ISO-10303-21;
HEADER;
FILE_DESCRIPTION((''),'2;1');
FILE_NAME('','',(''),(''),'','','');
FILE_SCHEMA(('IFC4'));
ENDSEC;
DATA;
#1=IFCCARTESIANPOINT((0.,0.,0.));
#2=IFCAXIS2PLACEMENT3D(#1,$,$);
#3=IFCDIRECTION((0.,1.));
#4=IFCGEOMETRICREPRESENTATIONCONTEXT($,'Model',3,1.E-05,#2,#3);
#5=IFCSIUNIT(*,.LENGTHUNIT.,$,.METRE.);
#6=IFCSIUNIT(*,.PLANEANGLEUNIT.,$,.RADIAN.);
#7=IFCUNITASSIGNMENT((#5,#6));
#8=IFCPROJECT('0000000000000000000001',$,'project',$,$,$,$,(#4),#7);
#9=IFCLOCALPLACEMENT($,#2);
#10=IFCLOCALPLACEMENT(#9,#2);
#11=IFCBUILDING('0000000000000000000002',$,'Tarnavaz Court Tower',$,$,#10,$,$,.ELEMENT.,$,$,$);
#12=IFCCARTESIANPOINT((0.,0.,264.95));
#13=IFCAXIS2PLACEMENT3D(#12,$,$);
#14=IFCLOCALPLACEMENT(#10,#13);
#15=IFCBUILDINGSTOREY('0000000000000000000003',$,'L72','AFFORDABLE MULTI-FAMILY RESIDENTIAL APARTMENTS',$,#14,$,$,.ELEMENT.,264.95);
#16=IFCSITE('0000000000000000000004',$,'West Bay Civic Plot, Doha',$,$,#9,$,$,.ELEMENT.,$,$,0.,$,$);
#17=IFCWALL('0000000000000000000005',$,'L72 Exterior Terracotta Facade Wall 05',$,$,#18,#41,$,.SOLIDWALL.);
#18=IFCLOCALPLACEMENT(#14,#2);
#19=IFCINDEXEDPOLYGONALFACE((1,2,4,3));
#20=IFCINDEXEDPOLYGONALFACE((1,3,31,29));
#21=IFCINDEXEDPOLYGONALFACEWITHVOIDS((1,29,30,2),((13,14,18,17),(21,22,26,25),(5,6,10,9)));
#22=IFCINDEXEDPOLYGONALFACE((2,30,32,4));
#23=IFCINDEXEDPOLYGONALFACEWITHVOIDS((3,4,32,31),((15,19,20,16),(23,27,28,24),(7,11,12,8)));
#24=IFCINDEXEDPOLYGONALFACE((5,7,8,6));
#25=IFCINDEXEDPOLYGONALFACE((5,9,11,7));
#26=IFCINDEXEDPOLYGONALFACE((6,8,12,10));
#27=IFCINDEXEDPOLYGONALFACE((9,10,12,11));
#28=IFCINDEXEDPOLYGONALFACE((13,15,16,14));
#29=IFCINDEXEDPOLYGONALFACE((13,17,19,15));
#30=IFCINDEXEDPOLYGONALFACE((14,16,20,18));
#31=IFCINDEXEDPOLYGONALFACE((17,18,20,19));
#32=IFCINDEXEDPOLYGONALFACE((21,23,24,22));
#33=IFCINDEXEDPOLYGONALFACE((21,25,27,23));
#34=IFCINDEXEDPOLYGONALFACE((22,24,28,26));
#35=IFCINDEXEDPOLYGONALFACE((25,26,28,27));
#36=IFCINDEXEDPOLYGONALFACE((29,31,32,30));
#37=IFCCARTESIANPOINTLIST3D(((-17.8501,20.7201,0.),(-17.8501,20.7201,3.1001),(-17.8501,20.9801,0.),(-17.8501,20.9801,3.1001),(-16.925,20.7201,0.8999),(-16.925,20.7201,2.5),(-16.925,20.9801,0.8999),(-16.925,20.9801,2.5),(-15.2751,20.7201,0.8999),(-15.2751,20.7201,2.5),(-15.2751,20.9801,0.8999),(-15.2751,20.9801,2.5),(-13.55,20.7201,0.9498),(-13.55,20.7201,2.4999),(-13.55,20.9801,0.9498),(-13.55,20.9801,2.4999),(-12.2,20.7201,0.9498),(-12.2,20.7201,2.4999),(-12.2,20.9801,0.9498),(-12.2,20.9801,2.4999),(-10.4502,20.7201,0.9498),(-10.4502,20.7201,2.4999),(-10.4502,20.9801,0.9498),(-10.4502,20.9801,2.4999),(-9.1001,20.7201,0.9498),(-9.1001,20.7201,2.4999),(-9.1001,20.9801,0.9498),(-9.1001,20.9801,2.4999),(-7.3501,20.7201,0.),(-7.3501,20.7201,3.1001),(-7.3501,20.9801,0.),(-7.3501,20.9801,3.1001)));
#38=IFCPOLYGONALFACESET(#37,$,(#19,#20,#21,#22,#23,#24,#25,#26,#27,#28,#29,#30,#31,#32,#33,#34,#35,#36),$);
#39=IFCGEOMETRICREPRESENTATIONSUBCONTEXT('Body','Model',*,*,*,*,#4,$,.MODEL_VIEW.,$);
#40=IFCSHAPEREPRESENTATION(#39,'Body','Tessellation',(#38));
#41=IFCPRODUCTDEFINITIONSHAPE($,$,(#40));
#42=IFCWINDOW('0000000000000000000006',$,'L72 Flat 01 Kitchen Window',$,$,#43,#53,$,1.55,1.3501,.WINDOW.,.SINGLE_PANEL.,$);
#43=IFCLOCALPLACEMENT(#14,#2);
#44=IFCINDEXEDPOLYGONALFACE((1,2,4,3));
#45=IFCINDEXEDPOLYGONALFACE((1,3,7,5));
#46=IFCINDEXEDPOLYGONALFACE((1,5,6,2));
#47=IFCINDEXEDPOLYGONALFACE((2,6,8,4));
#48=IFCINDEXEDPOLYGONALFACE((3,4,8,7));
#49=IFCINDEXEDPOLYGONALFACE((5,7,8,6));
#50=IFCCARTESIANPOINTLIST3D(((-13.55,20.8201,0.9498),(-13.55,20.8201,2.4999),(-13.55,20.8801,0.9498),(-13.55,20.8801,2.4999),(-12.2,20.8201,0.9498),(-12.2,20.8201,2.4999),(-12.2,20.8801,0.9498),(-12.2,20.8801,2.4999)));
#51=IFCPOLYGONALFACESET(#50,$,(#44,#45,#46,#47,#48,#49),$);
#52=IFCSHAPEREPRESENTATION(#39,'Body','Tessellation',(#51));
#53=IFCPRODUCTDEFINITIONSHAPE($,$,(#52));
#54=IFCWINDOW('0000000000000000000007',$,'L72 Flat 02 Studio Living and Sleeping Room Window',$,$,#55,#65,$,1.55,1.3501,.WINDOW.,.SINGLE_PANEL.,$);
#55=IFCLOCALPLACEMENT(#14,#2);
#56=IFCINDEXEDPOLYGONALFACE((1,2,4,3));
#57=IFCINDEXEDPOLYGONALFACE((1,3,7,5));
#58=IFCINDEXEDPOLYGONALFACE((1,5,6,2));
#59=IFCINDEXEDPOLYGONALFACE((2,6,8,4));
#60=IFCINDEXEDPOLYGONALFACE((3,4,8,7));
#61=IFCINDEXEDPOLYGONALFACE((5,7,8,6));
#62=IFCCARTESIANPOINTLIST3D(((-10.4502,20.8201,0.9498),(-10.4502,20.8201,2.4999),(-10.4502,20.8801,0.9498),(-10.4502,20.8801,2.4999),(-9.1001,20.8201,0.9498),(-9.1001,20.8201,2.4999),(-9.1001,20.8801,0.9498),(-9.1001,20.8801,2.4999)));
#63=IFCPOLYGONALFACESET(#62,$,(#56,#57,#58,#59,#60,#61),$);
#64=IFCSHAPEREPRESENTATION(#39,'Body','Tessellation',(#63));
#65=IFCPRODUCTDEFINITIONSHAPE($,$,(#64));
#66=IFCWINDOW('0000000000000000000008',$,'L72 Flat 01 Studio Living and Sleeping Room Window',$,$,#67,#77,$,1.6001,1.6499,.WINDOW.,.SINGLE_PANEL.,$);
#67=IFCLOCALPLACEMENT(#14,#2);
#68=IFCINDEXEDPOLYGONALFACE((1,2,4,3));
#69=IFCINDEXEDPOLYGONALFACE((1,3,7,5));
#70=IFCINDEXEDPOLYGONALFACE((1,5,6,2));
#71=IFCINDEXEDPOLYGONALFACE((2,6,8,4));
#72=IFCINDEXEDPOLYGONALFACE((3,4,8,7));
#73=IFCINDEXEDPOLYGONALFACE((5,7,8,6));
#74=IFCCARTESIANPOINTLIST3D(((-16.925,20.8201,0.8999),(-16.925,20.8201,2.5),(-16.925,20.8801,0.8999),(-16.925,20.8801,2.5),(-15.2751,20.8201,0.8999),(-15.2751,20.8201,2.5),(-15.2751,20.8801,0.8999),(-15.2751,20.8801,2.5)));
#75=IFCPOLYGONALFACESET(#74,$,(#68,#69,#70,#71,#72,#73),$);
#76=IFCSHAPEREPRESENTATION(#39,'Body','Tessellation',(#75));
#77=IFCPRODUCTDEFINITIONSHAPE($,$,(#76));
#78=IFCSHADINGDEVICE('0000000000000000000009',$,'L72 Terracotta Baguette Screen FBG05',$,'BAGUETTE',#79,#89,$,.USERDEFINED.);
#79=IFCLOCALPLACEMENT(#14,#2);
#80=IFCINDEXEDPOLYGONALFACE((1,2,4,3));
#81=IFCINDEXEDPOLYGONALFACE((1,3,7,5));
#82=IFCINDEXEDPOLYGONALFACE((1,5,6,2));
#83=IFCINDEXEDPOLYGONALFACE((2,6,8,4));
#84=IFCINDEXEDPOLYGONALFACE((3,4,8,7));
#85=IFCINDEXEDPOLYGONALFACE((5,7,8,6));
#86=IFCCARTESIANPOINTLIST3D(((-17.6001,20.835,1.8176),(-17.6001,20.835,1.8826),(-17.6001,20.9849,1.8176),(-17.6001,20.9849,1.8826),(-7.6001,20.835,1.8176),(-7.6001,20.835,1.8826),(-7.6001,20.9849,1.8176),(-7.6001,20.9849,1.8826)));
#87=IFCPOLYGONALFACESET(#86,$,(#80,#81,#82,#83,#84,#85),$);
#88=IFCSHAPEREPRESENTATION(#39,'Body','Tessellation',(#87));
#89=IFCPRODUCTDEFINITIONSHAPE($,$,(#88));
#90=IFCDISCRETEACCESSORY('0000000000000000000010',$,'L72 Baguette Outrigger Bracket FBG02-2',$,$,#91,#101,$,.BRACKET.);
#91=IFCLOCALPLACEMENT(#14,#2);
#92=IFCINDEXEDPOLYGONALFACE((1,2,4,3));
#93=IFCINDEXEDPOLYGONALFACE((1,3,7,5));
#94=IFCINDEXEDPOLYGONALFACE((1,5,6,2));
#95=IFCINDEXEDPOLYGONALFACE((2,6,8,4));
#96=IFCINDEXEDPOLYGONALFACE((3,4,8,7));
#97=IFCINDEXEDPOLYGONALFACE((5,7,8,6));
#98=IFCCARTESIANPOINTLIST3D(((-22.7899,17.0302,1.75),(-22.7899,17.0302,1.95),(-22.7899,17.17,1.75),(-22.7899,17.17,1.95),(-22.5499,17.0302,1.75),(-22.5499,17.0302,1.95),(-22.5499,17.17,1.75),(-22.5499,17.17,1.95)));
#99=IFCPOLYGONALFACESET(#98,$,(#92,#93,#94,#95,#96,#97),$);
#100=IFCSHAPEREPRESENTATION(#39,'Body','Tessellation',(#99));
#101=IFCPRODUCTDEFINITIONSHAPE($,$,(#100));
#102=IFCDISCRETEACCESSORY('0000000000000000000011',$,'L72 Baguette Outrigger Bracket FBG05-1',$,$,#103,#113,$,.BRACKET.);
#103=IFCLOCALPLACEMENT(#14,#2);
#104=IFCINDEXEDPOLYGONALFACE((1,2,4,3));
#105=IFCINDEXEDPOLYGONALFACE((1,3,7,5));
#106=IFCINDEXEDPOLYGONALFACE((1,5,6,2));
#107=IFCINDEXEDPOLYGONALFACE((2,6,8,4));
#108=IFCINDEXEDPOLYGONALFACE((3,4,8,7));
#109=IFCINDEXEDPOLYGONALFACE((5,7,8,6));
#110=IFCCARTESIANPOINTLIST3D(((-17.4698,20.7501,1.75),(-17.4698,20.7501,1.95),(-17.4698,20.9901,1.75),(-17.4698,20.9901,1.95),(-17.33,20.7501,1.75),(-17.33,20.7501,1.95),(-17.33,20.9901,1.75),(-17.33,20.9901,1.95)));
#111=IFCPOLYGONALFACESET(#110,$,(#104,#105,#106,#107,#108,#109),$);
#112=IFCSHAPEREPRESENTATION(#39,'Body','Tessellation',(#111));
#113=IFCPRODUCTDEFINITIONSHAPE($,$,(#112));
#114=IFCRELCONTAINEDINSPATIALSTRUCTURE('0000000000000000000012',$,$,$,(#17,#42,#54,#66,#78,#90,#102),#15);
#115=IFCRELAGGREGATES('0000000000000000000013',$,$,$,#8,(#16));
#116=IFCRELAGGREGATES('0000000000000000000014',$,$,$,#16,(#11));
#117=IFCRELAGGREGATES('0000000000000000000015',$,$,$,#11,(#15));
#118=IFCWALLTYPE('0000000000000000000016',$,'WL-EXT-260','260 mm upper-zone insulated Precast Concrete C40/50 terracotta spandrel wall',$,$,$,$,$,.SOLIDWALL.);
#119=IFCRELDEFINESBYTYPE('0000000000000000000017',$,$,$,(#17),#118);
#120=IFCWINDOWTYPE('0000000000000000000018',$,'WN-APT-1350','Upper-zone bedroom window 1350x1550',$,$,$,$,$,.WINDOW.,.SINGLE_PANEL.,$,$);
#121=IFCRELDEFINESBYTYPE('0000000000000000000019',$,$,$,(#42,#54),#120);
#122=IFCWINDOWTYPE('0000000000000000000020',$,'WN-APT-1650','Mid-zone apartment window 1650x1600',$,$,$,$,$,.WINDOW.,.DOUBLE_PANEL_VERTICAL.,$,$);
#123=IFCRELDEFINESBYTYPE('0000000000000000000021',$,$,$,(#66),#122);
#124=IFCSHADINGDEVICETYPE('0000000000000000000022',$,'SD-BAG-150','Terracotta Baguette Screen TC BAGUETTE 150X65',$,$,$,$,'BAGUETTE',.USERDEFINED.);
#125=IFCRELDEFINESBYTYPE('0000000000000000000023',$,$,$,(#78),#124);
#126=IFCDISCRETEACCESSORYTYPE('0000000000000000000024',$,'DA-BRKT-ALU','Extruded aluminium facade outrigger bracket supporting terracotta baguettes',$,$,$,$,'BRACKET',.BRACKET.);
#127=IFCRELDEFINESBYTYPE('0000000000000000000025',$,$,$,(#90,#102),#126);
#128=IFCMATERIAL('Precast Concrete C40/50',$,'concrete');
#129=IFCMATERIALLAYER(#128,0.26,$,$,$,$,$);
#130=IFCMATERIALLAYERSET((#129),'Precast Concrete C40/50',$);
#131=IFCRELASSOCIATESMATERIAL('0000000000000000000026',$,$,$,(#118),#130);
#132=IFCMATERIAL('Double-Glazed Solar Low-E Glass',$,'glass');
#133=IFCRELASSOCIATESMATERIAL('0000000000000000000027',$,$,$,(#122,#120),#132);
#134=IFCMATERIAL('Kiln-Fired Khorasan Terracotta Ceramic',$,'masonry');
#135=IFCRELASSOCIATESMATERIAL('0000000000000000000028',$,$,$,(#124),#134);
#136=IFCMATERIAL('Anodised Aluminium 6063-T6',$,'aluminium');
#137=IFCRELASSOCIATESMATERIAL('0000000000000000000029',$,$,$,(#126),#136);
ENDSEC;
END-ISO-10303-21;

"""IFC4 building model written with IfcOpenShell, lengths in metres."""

from ifc_helpers import new_model, si_unit, direction, frame, frame_2d, origin, origin_2d, place, context, subcontext, project, spatial, rectangle, extrude, material, layer, layer_set, material_profile, profile_set, type_object, element, fill, save


model = new_model("IFC4")

# Units and contexts
model_context = context("Model", 3, precision=1e-05, world=origin(), true_north=direction((0.0, 1.0)))
body_context = subcontext(model_context, "Body", "Model", "MODEL_VIEW")
ifc_project = project(units=[si_unit("LENGTHUNIT", "METRE"), si_unit("PLANEANGLEUNIT", "RADIAN")], contexts=[model_context])

# Site, building, storey
site_placement = place(None, origin())
site = spatial("IfcSite", under=ifc_project, at=site_placement, Name="West Bay Civic Plot, Doha", CompositionType="ELEMENT", RefElevation=0.0)
building_placement = place(site_placement, origin())
building = spatial("IfcBuilding", under=site, at=building_placement, Name="Tarnavaz Court Tower", CompositionType="ELEMENT")
storey_placement = place(building_placement, frame((0.0, 0.0, 264.95)))
storey = spatial("IfcBuildingStorey", under=building, at=storey_placement, Name="L72", Description="AFFORDABLE MULTI-FAMILY RESIDENTIAL APARTMENTS", CompositionType="ELEMENT", Elevation=264.95)

# Shared definitions
ifc_material_1 = material(Name="Precast Concrete C40/50", Category="concrete")
ifc_layer = layer(ifc_material_1, 0.26)
ifc_layer_set = layer_set([ifc_layer], Name="Precast Concrete C40/50")
wall_type = type_object("IfcWallType", Name="WL-EXT-260", Description="260 mm upper-zone insulated Precast Concrete C40/50 terracotta spandrel wall", PredefinedType="SOLIDWALL", material=ifc_layer_set)
ifc_material_2 = material(Name="Double-Glazed Solar Low-E Glass", Category="glass")
window_type_1 = type_object("IfcWindowType", Name="WN-APT-1650", Description="Mid-zone apartment window 1650x1600", PartitioningType="DOUBLE_PANEL_VERTICAL", PredefinedType="WINDOW", material=ifc_material_2)

# Wall, openings, windows
wall_1_placement = place(storey_placement, frame((-17.8501, 20.8501, 0.0), z_axis=(0.0, 0.0, 1.0), x_axis=(1.0, 0.0, 0.0)))
wall_1 = element("IfcWall", 1, at=wall_1_placement, inside=storey, type_object=wall_type, Name="L72 Exterior Terracotta Facade Wall 05", PredefinedType="SOLIDWALL", context=body_context, shape_type="SweptSolid", body=[
    extrude(rectangle(XDim=10.5, YDim=0.26, at=frame_2d((5.25, 0.0))), origin(), (0.0, 0.0, 1.0), 3.1001),
])
opening_1_placement = place(wall_1_placement, frame((0.925, 0.0, 0.8999)))
opening_1 = element("IfcOpeningElement", 2, at=opening_1_placement, cuts=wall_1, PredefinedType="OPENING", context=body_context, shape_type="SweptSolid", body=[
    extrude(rectangle(XDim=1.6499, YDim=1.6001, at=frame_2d((0.825, 0.8))), frame((0.0, 0.1399, 0.0), z_axis=(0.0, -1.0, 0.0), x_axis=(1.0, 0.0, 0.0)), (0.0, 0.0, 1.0), 0.28),
])
opening_2_placement = place(wall_1_placement, frame((4.3, 0.0, 0.95)))
opening_2 = element("IfcOpeningElement", 3, at=opening_2_placement, cuts=wall_1, PredefinedType="OPENING", context=body_context, shape_type="SweptSolid", body=[
    extrude(rectangle(XDim=1.3501, YDim=1.55, at=frame_2d((0.675, 0.7749))), frame((0.0, 0.1399, 0.0), z_axis=(0.0, -1.0, 0.0), x_axis=(1.0, 0.0, 0.0)), (0.0, 0.0, 1.0), 0.28),
])
opening_3_placement = place(wall_1_placement, frame((7.3999, 0.0, 0.95)))
opening_3 = element("IfcOpeningElement", 4, at=opening_3_placement, cuts=wall_1, PredefinedType="OPENING", context=body_context, shape_type="SweptSolid", body=[
    extrude(rectangle(XDim=1.3501, YDim=1.55, at=frame_2d((0.675, 0.7749))), frame((0.0, 0.1399, 0.0), z_axis=(0.0, -1.0, 0.0), x_axis=(1.0, 0.0, 0.0)), (0.0, 0.0, 1.0), 0.28),
])
window_type_2 = type_object("IfcWindowType", Name="WN-APT-1350", Description="Upper-zone bedroom window 1350x1550", PartitioningType="SINGLE_PANEL", PredefinedType="WINDOW", material=ifc_material_2)
window_1_placement = place(opening_2_placement, origin())
window_1 = element("IfcWindow", 5, at=window_1_placement, inside=storey, type_object=window_type_2, Name="L72 Flat 01 Kitchen Window", OverallHeight=1.55, OverallWidth=1.3501, PartitioningType="SINGLE_PANEL", PredefinedType="WINDOW", context=body_context, shape_type="SweptSolid", body=[
    extrude(rectangle(XDim=1.3501, YDim=1.55, at=frame_2d((0.675, 0.7749))), frame((0.0, 0.03, 0.0), z_axis=(0.0, -1.0, 0.0), x_axis=(1.0, 0.0, 0.0)), (0.0, 0.0, 1.0), 0.0601),
])
fill(opening_2, window_1)
window_2_placement = place(opening_3_placement, origin())
window_2 = element("IfcWindow", 6, at=window_2_placement, inside=storey, type_object=window_type_2, Name="L72 Flat 02 Studio Living and Sleeping Room Window", OverallHeight=1.55, OverallWidth=1.3501, PartitioningType="SINGLE_PANEL", PredefinedType="WINDOW", context=body_context, shape_type="SweptSolid", body=[
    extrude(rectangle(XDim=1.3501, YDim=1.55, at=frame_2d((0.675, 0.7749))), frame((0.0, 0.03, 0.0), z_axis=(0.0, -1.0, 0.0), x_axis=(1.0, 0.0, 0.0)), (0.0, 0.0, 1.0), 0.0601),
])
fill(opening_3, window_2)
window_3_placement = place(opening_1_placement, origin())
window_3 = element("IfcWindow", 7, at=window_3_placement, inside=storey, type_object=window_type_1, Name="L72 Flat 01 Studio Living and Sleeping Room Window", OverallHeight=1.6001, OverallWidth=1.6499, PartitioningType="SINGLE_PANEL", PredefinedType="WINDOW", context=body_context, shape_type="SweptSolid", body=[
    extrude(rectangle(XDim=1.6499, YDim=1.6001, at=frame_2d((0.825, 0.8))), frame((0.0, 0.03, 0.0), z_axis=(0.0, -1.0, 0.0), x_axis=(1.0, 0.0, 0.0)), (0.0, 0.0, 1.0), 0.0601),
])
fill(opening_1, window_3)

# Shading device
ifc_material_3 = material(Name="Kiln-Fired Khorasan Terracotta Ceramic", Category="masonry")
ifc_material_profile_1 = material_profile(ifc_material_3, rectangle(XDim=0.1499, YDim=0.0649, at=origin_2d()), Name="TC BAGUETTE 150X65")
ifc_profile_set_1 = profile_set([ifc_material_profile_1], Name="Kiln-Fired Khorasan Terracotta Ceramic")
shading_device_type = type_object("IfcShadingDeviceType", Name="SD-BAG-150", Description="Terracotta Baguette Screen TC BAGUETTE 150X65", ElementType="BAGUETTE", PredefinedType="USERDEFINED", material=ifc_profile_set_1)
shading_device_placement = place(storey_placement, frame((-17.6001, 20.9099, 1.8501), z_axis=(1.0, 0.0, 0.0), x_axis=(0.0, 1.0, 0.0)))
element("IfcShadingDevice", 8, at=shading_device_placement, inside=storey, type_object=shading_device_type, Name="L72 Terracotta Baguette Screen FBG05", ObjectType="BAGUETTE", PredefinedType="USERDEFINED", context=body_context, shape_type="SweptSolid", body=[
    extrude(rectangle(XDim=0.1499, YDim=0.0649, at=origin_2d()), origin(), (0.0, 0.0, 1.0), 10.0),
])

# Discrete accessories
ifc_material_4 = material(Name="Anodised Aluminium 6063-T6", Category="aluminium")
discrete_accessory_type = type_object("IfcDiscreteAccessoryType", Name="DA-BRKT-ALU", Description="Extruded aluminium facade outrigger bracket supporting terracotta baguettes", ElementType="BRACKET", PredefinedType="BRACKET", material=ifc_material_4)
for number, where, z_axis, x_axis, name in (
    (9, (-22.6699, 17.1001, 1.75), (0.0, 0.0, 1.0), (0.0, 1.0, 0.0), "L72 Baguette Outrigger Bracket FBG02-2"),
    (10, (-17.3999, 20.8701, 1.75), (0.0, 0.0, 1.0), (1.0, 0.0, 0.0), "L72 Baguette Outrigger Bracket FBG05-1"),
):
    element("IfcDiscreteAccessory", number, at=place(storey_placement, frame(where, z_axis=z_axis, x_axis=x_axis)), inside=storey, type_object=discrete_accessory_type, Name=name, PredefinedType="BRACKET", context=body_context, shape_type="SweptSolid", body=[
        extrude(rectangle(XDim=0.1399, YDim=0.24, at=origin_2d()), origin(), (0.0, 0.0, 1.0), 0.2),
    ])

save(model, "model.ifc")
